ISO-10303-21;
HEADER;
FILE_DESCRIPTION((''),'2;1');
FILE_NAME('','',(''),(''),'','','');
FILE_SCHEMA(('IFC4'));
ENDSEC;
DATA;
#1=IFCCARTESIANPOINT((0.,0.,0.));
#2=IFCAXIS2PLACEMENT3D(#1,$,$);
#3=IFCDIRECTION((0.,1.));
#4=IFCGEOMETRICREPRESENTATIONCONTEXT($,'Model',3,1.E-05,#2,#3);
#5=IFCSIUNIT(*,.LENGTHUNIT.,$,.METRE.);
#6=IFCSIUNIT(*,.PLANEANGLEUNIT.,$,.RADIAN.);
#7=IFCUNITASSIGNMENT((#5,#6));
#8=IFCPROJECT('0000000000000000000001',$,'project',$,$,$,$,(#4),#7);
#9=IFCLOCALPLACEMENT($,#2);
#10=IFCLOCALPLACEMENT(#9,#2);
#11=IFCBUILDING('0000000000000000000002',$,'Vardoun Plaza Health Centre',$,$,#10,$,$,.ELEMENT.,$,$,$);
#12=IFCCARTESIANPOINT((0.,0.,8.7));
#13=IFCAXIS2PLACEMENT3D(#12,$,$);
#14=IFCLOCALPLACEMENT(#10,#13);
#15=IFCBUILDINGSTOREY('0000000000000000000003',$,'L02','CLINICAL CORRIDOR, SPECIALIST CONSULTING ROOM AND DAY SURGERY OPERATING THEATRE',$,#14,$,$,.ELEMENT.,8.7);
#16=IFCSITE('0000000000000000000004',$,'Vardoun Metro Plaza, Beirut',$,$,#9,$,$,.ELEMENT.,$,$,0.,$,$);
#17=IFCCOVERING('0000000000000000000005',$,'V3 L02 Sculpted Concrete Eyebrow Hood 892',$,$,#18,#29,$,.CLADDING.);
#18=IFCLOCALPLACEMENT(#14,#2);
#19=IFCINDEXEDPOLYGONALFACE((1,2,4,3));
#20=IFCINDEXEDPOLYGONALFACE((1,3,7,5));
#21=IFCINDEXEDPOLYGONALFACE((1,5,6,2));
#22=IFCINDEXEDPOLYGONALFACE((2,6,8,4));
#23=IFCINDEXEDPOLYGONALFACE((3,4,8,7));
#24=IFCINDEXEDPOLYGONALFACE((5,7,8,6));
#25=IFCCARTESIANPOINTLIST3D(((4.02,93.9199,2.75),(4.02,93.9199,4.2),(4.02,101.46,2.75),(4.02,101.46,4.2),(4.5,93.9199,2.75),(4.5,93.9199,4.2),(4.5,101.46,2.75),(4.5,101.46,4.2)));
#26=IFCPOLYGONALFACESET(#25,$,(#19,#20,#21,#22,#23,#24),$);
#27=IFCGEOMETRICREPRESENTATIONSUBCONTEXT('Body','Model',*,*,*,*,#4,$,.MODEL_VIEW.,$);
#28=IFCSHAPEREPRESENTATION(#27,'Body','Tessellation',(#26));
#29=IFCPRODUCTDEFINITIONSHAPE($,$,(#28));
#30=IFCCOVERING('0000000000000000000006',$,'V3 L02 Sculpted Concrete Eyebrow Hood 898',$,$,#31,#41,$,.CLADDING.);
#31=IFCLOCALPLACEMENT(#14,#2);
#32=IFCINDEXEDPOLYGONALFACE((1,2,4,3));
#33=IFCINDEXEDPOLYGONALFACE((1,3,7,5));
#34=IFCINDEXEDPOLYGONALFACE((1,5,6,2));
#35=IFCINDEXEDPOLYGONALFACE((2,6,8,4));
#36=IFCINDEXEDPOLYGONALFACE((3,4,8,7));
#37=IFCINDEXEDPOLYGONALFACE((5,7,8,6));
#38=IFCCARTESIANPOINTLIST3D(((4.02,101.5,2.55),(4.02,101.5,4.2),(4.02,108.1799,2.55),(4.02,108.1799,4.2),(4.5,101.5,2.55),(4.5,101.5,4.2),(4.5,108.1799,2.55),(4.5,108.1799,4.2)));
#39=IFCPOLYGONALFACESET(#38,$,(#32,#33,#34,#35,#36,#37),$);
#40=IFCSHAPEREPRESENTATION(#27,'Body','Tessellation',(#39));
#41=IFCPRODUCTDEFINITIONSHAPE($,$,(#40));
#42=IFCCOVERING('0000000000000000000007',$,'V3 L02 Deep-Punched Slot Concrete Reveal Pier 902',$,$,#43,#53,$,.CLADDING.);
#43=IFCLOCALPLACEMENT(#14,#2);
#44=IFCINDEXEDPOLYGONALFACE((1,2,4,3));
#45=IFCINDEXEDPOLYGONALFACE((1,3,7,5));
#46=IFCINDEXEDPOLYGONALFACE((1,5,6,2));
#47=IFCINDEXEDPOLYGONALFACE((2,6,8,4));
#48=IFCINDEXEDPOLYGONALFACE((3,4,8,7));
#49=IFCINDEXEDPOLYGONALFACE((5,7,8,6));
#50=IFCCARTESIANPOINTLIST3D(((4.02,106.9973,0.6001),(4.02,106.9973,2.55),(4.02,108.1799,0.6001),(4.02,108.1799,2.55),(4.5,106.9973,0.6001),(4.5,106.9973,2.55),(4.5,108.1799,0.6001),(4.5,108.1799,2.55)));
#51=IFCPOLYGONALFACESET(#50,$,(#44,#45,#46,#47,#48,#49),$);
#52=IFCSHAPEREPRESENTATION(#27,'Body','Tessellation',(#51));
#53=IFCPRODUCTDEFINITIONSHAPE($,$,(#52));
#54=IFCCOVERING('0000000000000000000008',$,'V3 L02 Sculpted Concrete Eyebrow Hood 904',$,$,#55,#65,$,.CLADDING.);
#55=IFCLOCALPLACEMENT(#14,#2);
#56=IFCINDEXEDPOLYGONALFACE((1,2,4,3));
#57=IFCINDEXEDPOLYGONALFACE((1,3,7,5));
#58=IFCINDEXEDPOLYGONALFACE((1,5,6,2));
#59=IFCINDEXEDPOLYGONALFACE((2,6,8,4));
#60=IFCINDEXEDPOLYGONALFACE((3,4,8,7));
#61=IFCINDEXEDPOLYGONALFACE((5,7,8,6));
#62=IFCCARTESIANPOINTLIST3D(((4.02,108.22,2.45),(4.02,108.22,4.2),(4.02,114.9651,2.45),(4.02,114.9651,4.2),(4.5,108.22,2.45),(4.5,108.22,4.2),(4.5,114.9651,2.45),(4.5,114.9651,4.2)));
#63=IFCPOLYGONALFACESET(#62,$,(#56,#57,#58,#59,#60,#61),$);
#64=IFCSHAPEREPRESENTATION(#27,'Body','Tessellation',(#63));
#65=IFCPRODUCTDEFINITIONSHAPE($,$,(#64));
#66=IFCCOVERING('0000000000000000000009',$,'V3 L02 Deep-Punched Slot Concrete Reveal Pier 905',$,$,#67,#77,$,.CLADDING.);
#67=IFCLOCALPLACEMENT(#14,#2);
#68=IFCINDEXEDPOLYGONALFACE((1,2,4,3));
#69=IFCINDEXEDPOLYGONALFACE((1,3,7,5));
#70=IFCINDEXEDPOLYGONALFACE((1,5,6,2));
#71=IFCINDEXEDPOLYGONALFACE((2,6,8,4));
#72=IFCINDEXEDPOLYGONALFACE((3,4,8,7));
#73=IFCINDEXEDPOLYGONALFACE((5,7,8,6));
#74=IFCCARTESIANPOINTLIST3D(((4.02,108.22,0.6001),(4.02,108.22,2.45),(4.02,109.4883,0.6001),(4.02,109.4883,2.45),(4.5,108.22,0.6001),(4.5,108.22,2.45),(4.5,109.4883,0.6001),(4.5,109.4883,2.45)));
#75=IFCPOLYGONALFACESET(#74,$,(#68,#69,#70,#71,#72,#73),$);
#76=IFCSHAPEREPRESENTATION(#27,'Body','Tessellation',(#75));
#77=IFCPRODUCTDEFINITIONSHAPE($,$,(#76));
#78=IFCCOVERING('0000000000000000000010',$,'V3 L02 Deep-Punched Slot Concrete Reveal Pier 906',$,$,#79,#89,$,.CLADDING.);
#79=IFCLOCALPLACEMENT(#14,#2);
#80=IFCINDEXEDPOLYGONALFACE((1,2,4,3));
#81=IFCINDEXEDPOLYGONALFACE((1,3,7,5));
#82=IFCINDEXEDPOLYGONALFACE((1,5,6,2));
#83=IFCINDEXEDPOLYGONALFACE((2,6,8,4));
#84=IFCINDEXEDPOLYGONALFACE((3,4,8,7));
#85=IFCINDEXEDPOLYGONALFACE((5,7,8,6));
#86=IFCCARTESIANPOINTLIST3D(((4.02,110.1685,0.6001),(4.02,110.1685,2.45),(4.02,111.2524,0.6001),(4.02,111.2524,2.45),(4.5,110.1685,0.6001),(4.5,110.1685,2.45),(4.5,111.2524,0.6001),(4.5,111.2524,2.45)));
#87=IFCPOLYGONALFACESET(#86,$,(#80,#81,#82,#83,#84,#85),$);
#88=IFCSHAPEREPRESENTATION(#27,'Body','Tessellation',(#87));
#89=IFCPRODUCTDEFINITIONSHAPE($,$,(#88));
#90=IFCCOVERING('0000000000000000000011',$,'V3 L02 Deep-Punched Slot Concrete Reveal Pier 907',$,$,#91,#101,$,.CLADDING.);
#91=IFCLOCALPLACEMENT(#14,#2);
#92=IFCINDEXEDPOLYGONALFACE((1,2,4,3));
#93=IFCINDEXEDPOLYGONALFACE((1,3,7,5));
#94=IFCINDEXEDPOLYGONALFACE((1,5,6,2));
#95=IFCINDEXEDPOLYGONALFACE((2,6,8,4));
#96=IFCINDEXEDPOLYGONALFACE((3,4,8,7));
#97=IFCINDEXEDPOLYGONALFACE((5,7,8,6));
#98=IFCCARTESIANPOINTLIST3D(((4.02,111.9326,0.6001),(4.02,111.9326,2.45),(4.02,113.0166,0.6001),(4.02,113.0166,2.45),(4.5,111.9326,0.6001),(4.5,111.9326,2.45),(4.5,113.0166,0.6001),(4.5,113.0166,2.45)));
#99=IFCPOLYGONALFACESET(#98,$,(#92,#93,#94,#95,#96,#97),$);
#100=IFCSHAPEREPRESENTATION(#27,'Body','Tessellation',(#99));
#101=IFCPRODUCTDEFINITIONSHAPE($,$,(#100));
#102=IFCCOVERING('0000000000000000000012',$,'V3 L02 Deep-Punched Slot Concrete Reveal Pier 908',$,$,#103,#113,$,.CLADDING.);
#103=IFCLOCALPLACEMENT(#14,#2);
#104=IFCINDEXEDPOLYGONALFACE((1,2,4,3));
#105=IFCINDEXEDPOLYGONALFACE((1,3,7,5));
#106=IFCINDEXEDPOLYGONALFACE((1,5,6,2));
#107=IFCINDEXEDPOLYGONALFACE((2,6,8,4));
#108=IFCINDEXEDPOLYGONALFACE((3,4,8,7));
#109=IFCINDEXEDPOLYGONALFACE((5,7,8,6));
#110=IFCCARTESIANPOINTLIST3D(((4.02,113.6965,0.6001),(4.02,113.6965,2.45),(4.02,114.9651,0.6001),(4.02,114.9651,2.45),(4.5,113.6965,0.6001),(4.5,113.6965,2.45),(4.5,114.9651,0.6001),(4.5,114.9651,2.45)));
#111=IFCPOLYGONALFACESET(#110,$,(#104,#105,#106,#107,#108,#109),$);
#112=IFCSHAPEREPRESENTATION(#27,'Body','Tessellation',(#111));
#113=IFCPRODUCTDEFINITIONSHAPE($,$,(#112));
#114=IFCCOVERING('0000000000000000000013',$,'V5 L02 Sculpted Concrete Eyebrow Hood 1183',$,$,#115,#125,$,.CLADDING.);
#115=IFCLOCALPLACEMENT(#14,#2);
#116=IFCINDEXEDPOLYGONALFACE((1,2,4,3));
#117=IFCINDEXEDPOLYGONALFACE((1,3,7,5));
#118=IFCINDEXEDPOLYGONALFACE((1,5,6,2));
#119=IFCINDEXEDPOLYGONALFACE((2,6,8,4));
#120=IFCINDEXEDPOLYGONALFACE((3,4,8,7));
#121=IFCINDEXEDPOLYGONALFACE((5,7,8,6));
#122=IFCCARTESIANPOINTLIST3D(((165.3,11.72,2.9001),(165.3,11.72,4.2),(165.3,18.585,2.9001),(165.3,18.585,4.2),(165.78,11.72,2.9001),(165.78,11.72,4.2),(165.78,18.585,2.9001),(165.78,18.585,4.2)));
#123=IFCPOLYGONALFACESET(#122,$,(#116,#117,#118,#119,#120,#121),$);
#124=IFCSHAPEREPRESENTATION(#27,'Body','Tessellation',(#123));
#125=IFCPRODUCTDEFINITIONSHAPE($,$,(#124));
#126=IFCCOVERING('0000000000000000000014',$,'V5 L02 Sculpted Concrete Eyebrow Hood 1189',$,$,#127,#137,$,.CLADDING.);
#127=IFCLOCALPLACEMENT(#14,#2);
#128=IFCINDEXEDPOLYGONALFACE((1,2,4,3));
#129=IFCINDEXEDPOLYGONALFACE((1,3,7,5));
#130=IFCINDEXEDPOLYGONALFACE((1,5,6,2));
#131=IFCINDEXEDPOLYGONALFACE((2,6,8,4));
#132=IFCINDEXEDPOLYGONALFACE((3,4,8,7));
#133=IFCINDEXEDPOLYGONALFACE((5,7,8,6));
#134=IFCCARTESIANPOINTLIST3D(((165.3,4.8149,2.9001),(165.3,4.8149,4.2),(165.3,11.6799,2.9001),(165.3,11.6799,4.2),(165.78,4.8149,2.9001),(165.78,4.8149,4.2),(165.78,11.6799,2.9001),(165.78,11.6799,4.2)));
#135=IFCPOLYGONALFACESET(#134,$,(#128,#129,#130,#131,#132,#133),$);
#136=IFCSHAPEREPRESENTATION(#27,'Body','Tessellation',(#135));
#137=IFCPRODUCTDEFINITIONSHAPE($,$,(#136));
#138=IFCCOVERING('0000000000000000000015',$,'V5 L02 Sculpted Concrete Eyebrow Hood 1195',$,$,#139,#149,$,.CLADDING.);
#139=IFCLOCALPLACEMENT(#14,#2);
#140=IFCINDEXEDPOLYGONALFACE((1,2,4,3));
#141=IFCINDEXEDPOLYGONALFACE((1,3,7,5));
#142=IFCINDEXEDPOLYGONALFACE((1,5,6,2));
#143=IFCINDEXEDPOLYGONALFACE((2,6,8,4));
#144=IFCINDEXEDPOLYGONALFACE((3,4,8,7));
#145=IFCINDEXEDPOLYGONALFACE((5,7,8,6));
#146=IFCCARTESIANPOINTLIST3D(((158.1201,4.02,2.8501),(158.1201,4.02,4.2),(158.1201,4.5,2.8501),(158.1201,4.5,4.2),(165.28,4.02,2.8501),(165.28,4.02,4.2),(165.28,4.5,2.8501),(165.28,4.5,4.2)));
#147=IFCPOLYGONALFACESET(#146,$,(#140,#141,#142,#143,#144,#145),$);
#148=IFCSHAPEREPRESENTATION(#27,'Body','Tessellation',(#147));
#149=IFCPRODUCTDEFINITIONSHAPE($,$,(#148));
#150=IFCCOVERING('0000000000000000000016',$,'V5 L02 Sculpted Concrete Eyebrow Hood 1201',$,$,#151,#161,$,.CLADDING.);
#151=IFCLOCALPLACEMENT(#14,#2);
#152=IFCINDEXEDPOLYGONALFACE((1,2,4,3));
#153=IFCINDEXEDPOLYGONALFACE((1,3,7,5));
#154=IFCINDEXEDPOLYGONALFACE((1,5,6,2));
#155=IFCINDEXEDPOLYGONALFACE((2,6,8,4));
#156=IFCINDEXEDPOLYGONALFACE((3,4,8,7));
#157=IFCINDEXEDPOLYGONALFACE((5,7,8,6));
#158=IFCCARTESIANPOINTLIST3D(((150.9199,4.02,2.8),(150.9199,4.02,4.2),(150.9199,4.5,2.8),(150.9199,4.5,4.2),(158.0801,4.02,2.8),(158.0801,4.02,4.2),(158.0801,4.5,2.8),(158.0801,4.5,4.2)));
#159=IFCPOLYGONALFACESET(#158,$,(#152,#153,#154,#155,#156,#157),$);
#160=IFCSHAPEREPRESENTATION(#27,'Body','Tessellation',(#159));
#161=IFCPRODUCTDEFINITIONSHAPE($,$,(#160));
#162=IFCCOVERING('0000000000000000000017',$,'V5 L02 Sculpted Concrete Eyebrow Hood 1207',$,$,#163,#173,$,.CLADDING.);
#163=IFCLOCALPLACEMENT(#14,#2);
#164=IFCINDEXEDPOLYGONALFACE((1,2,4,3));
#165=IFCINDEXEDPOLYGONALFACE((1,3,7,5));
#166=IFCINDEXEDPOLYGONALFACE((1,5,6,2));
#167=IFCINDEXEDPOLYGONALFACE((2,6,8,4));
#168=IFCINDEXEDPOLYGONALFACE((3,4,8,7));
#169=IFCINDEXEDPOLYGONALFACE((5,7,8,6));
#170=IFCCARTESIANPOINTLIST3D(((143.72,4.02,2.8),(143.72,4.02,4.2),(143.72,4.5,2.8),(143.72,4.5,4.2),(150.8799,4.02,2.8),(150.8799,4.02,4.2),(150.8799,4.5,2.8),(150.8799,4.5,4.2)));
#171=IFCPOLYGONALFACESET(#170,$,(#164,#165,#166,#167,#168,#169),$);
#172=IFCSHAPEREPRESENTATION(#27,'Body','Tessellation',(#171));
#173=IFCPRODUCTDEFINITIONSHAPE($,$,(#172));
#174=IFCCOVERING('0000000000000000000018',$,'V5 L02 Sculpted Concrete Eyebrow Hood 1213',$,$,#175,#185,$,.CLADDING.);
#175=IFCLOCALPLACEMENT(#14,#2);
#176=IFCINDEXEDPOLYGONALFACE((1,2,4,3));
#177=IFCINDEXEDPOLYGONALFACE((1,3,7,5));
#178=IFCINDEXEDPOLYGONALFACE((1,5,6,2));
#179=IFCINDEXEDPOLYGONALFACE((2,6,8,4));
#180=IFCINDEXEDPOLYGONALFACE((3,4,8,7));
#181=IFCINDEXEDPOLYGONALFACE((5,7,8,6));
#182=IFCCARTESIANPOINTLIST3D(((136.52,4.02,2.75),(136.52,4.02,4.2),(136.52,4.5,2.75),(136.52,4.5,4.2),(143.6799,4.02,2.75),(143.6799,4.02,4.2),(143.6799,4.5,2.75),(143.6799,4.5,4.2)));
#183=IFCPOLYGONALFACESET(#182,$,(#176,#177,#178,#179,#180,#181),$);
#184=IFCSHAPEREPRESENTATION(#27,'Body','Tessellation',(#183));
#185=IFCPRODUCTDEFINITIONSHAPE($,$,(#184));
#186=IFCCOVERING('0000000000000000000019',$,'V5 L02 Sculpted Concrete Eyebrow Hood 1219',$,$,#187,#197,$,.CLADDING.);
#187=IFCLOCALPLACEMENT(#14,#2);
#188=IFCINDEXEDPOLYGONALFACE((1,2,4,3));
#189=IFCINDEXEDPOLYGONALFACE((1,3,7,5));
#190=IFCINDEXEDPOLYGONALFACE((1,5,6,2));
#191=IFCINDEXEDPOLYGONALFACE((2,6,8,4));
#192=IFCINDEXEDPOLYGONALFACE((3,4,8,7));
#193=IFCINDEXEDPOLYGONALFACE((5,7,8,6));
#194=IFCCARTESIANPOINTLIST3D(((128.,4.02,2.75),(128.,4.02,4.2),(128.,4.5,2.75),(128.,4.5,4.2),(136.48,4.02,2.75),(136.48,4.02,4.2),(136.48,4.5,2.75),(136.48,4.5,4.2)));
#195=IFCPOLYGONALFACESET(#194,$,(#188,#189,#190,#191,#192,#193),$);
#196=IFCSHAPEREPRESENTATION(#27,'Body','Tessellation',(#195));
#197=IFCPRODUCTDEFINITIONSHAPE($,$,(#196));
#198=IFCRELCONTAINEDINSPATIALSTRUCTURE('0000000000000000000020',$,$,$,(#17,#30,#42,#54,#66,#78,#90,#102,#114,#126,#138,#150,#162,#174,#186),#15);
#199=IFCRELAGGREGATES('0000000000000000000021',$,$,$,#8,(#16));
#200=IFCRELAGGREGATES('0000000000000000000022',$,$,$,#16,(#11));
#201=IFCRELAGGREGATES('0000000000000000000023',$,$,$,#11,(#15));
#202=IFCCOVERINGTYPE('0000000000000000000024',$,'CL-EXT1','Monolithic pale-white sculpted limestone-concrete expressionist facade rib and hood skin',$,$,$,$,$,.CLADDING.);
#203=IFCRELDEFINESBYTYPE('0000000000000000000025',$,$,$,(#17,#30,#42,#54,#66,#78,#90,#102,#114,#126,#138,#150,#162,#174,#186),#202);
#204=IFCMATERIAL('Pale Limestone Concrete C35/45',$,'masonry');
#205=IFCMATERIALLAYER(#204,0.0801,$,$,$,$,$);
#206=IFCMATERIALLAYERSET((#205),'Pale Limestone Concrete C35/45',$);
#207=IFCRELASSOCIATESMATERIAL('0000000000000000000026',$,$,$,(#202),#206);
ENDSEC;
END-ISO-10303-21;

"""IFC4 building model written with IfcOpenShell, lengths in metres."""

from ifc_helpers import new_model, si_unit, direction, frame, origin, place, context, subcontext, project, spatial, polyline, outline, extrude, material, layer, layer_set, type_object, element, save


model = new_model("IFC4")

# Units and contexts
model_context = context("Model", 3, precision=1e-05, world=origin(), true_north=direction((0.0, 1.0)))
body_context = subcontext(model_context, "Body", "Model", "MODEL_VIEW")
ifc_project = project(units=[si_unit("LENGTHUNIT", "METRE"), si_unit("PLANEANGLEUNIT", "RADIAN")], contexts=[model_context])

# Site, building, storey
site_placement = place(None, origin())
site = spatial("IfcSite", under=ifc_project, at=site_placement, Name="Vardoun Metro Plaza, Beirut", CompositionType="ELEMENT", RefElevation=0.0)
building_placement = place(site_placement, origin())
building = spatial("IfcBuilding", under=site, at=building_placement, Name="Vardoun Plaza Health Centre", CompositionType="ELEMENT")
storey_placement = place(building_placement, frame((0.0, 0.0, 8.7)))
storey = spatial("IfcBuildingStorey", under=building, at=storey_placement, Name="L02", Description="CLINICAL CORRIDOR, SPECIALIST CONSULTING ROOM AND DAY SURGERY OPERATING THEATRE", CompositionType="ELEMENT", Elevation=8.7)

# Coverings
ifc_material = material(Name="Pale Limestone Concrete C35/45", Category="masonry")
ifc_layer = layer(ifc_material, 0.0801)
ifc_layer_set = layer_set([ifc_layer], Name="Pale Limestone Concrete C35/45")
covering_type = type_object("IfcCoveringType", Name="CL-EXT1", Description="Monolithic pale-white sculpted limestone-concrete expressionist facade rib and hood skin", PredefinedType="CLADDING", material=ifc_layer_set)
covering_1_placement = place(storey_placement, frame((0.0, 0.0, 2.75)))
element("IfcCovering", 1, at=covering_1_placement, inside=storey, type_object=covering_type, Name="V3 L02 Sculpted Concrete Eyebrow Hood 892", PredefinedType="CLADDING", context=body_context, shape_type="SweptSolid", body=[
    extrude(outline(polyline([(4.5, 93.9199), (4.5, 101.46), (4.02, 101.46), (4.02, 93.9199), (4.5, 93.9199)])), origin(), (0.0, 0.0, 1.0), 1.45),
])
covering_2_placement = place(storey_placement, frame((0.0, 0.0, 2.55)))
element("IfcCovering", 2, at=covering_2_placement, inside=storey, type_object=covering_type, Name="V3 L02 Sculpted Concrete Eyebrow Hood 898", PredefinedType="CLADDING", context=body_context, shape_type="SweptSolid", body=[
    extrude(outline(polyline([(4.5, 101.5), (4.5, 108.1799), (4.02, 108.1799), (4.02, 101.5), (4.5, 101.5)])), origin(), (0.0, 0.0, 1.0), 1.6499),
])
covering_3_placement = place(storey_placement, frame((0.0, 0.0, 0.6001)))
element("IfcCovering", 3, at=covering_3_placement, inside=storey, type_object=covering_type, Name="V3 L02 Deep-Punched Slot Concrete Reveal Pier 902", PredefinedType="CLADDING", context=body_context, shape_type="SweptSolid", body=[
    extrude(outline(polyline([(4.5, 106.9973), (4.5, 108.1799), (4.02, 108.1799), (4.02, 106.9973), (4.5, 106.9973)])), origin(), (0.0, 0.0, 1.0), 1.95),
])
covering_4_placement = place(storey_placement, frame((0.0, 0.0, 2.45)))
element("IfcCovering", 4, at=covering_4_placement, inside=storey, type_object=covering_type, Name="V3 L02 Sculpted Concrete Eyebrow Hood 904", PredefinedType="CLADDING", context=body_context, shape_type="SweptSolid", body=[
    extrude(outline(polyline([(4.5, 108.22), (4.5, 114.9651), (4.02, 114.9651), (4.02, 108.22), (4.5, 108.22)])), origin(), (0.0, 0.0, 1.0), 1.75),
])
covering_5_placement = place(storey_placement, frame((0.0, 0.0, 0.6001)))
element("IfcCovering", 5, at=covering_5_placement, inside=storey, type_object=covering_type, Name="V3 L02 Deep-Punched Slot Concrete Reveal Pier 905", PredefinedType="CLADDING", context=body_context, shape_type="SweptSolid", body=[
    extrude(outline(polyline([(4.5, 108.22), (4.5, 109.4883), (4.02, 109.4883), (4.02, 108.22), (4.5, 108.22)])), origin(), (0.0, 0.0, 1.0), 1.8499),
])
covering_6_placement = place(storey_placement, frame((0.0, 0.0, 0.6001)))
element("IfcCovering", 6, at=covering_6_placement, inside=storey, type_object=covering_type, Name="V3 L02 Deep-Punched Slot Concrete Reveal Pier 906", PredefinedType="CLADDING", context=body_context, shape_type="SweptSolid", body=[
    extrude(outline(polyline([(4.5, 110.1685), (4.5, 111.2524), (4.02, 111.2524), (4.02, 110.1685), (4.5, 110.1685)])), origin(), (0.0, 0.0, 1.0), 1.8499),
])
covering_7_placement = place(storey_placement, frame((0.0, 0.0, 0.6001)))
element("IfcCovering", 7, at=covering_7_placement, inside=storey, type_object=covering_type, Name="V3 L02 Deep-Punched Slot Concrete Reveal Pier 907", PredefinedType="CLADDING", context=body_context, shape_type="SweptSolid", body=[
    extrude(outline(polyline([(4.5, 111.9326), (4.5, 113.0166), (4.02, 113.0166), (4.02, 111.9326), (4.5, 111.9326)])), origin(), (0.0, 0.0, 1.0), 1.8499),
])
covering_8_placement = place(storey_placement, frame((0.0, 0.0, 0.6001)))
element("IfcCovering", 8, at=covering_8_placement, inside=storey, type_object=covering_type, Name="V3 L02 Deep-Punched Slot Concrete Reveal Pier 908", PredefinedType="CLADDING", context=body_context, shape_type="SweptSolid", body=[
    extrude(outline(polyline([(4.5, 113.6965), (4.5, 114.9651), (4.02, 114.9651), (4.02, 113.6965), (4.5, 113.6965)])), origin(), (0.0, 0.0, 1.0), 1.8499),
])
covering_9_placement = place(storey_placement, frame((0.0, 0.0, 2.9001)))
element("IfcCovering", 9, at=covering_9_placement, inside=storey, type_object=covering_type, Name="V5 L02 Sculpted Concrete Eyebrow Hood 1183", PredefinedType="CLADDING", context=body_context, shape_type="SweptSolid", body=[
    extrude(outline(polyline([(165.3, 18.585), (165.3, 11.72), (165.78, 11.72), (165.78, 18.585), (165.3, 18.585)])), origin(), (0.0, 0.0, 1.0), 1.2998),
])
covering_10_placement = place(storey_placement, frame((0.0, 0.0, 2.9001)))
element("IfcCovering", 10, at=covering_10_placement, inside=storey, type_object=covering_type, Name="V5 L02 Sculpted Concrete Eyebrow Hood 1189", PredefinedType="CLADDING", context=body_context, shape_type="SweptSolid", body=[
    extrude(outline(polyline([(165.3, 11.6799), (165.3, 4.8149), (165.78, 4.8149), (165.78, 11.6799), (165.3, 11.6799)])), origin(), (0.0, 0.0, 1.0), 1.2998),
])
covering_11_placement = place(storey_placement, frame((0.0, 0.0, 2.8501)))
element("IfcCovering", 11, at=covering_11_placement, inside=storey, type_object=covering_type, Name="V5 L02 Sculpted Concrete Eyebrow Hood 1195", PredefinedType="CLADDING", context=body_context, shape_type="SweptSolid", body=[
    extrude(outline(polyline([(165.28, 4.5), (158.1201, 4.5), (158.1201, 4.02), (165.28, 4.02), (165.28, 4.5)])), origin(), (0.0, 0.0, 1.0), 1.3499),
])
covering_12_placement = place(storey_placement, frame((0.0, 0.0, 2.8)))
element("IfcCovering", 12, at=covering_12_placement, inside=storey, type_object=covering_type, Name="V5 L02 Sculpted Concrete Eyebrow Hood 1201", PredefinedType="CLADDING", context=body_context, shape_type="SweptSolid", body=[
    extrude(outline(polyline([(158.0801, 4.5), (150.9199, 4.5), (150.9199, 4.02), (158.0801, 4.02), (158.0801, 4.5)])), origin(), (0.0, 0.0, 1.0), 1.3999),
])
covering_13_placement = place(storey_placement, frame((0.0, 0.0, 2.8)))
element("IfcCovering", 13, at=covering_13_placement, inside=storey, type_object=covering_type, Name="V5 L02 Sculpted Concrete Eyebrow Hood 1207", PredefinedType="CLADDING", context=body_context, shape_type="SweptSolid", body=[
    extrude(outline(polyline([(150.8799, 4.5), (143.72, 4.5), (143.72, 4.02), (150.8799, 4.02), (150.8799, 4.5)])), origin(), (0.0, 0.0, 1.0), 1.3999),
])
covering_14_placement = place(storey_placement, frame((0.0, 0.0, 2.75)))
element("IfcCovering", 14, at=covering_14_placement, inside=storey, type_object=covering_type, Name="V5 L02 Sculpted Concrete Eyebrow Hood 1213", PredefinedType="CLADDING", context=body_context, shape_type="SweptSolid", body=[
    extrude(outline(polyline([(143.6799, 4.5), (136.52, 4.5), (136.52, 4.02), (143.6799, 4.02), (143.6799, 4.5)])), origin(), (0.0, 0.0, 1.0), 1.45),
])
covering_15_placement = place(storey_placement, frame((0.0, 0.0, 2.75)))
element("IfcCovering", 15, at=covering_15_placement, inside=storey, type_object=covering_type, Name="V5 L02 Sculpted Concrete Eyebrow Hood 1219", PredefinedType="CLADDING", context=body_context, shape_type="SweptSolid", body=[
    extrude(outline(polyline([(136.48, 4.5), (128.0, 4.5), (128.0, 4.02), (136.48, 4.02), (136.48, 4.5)])), origin(), (0.0, 0.0, 1.0), 1.45),
])

save(model, "model.ifc")
